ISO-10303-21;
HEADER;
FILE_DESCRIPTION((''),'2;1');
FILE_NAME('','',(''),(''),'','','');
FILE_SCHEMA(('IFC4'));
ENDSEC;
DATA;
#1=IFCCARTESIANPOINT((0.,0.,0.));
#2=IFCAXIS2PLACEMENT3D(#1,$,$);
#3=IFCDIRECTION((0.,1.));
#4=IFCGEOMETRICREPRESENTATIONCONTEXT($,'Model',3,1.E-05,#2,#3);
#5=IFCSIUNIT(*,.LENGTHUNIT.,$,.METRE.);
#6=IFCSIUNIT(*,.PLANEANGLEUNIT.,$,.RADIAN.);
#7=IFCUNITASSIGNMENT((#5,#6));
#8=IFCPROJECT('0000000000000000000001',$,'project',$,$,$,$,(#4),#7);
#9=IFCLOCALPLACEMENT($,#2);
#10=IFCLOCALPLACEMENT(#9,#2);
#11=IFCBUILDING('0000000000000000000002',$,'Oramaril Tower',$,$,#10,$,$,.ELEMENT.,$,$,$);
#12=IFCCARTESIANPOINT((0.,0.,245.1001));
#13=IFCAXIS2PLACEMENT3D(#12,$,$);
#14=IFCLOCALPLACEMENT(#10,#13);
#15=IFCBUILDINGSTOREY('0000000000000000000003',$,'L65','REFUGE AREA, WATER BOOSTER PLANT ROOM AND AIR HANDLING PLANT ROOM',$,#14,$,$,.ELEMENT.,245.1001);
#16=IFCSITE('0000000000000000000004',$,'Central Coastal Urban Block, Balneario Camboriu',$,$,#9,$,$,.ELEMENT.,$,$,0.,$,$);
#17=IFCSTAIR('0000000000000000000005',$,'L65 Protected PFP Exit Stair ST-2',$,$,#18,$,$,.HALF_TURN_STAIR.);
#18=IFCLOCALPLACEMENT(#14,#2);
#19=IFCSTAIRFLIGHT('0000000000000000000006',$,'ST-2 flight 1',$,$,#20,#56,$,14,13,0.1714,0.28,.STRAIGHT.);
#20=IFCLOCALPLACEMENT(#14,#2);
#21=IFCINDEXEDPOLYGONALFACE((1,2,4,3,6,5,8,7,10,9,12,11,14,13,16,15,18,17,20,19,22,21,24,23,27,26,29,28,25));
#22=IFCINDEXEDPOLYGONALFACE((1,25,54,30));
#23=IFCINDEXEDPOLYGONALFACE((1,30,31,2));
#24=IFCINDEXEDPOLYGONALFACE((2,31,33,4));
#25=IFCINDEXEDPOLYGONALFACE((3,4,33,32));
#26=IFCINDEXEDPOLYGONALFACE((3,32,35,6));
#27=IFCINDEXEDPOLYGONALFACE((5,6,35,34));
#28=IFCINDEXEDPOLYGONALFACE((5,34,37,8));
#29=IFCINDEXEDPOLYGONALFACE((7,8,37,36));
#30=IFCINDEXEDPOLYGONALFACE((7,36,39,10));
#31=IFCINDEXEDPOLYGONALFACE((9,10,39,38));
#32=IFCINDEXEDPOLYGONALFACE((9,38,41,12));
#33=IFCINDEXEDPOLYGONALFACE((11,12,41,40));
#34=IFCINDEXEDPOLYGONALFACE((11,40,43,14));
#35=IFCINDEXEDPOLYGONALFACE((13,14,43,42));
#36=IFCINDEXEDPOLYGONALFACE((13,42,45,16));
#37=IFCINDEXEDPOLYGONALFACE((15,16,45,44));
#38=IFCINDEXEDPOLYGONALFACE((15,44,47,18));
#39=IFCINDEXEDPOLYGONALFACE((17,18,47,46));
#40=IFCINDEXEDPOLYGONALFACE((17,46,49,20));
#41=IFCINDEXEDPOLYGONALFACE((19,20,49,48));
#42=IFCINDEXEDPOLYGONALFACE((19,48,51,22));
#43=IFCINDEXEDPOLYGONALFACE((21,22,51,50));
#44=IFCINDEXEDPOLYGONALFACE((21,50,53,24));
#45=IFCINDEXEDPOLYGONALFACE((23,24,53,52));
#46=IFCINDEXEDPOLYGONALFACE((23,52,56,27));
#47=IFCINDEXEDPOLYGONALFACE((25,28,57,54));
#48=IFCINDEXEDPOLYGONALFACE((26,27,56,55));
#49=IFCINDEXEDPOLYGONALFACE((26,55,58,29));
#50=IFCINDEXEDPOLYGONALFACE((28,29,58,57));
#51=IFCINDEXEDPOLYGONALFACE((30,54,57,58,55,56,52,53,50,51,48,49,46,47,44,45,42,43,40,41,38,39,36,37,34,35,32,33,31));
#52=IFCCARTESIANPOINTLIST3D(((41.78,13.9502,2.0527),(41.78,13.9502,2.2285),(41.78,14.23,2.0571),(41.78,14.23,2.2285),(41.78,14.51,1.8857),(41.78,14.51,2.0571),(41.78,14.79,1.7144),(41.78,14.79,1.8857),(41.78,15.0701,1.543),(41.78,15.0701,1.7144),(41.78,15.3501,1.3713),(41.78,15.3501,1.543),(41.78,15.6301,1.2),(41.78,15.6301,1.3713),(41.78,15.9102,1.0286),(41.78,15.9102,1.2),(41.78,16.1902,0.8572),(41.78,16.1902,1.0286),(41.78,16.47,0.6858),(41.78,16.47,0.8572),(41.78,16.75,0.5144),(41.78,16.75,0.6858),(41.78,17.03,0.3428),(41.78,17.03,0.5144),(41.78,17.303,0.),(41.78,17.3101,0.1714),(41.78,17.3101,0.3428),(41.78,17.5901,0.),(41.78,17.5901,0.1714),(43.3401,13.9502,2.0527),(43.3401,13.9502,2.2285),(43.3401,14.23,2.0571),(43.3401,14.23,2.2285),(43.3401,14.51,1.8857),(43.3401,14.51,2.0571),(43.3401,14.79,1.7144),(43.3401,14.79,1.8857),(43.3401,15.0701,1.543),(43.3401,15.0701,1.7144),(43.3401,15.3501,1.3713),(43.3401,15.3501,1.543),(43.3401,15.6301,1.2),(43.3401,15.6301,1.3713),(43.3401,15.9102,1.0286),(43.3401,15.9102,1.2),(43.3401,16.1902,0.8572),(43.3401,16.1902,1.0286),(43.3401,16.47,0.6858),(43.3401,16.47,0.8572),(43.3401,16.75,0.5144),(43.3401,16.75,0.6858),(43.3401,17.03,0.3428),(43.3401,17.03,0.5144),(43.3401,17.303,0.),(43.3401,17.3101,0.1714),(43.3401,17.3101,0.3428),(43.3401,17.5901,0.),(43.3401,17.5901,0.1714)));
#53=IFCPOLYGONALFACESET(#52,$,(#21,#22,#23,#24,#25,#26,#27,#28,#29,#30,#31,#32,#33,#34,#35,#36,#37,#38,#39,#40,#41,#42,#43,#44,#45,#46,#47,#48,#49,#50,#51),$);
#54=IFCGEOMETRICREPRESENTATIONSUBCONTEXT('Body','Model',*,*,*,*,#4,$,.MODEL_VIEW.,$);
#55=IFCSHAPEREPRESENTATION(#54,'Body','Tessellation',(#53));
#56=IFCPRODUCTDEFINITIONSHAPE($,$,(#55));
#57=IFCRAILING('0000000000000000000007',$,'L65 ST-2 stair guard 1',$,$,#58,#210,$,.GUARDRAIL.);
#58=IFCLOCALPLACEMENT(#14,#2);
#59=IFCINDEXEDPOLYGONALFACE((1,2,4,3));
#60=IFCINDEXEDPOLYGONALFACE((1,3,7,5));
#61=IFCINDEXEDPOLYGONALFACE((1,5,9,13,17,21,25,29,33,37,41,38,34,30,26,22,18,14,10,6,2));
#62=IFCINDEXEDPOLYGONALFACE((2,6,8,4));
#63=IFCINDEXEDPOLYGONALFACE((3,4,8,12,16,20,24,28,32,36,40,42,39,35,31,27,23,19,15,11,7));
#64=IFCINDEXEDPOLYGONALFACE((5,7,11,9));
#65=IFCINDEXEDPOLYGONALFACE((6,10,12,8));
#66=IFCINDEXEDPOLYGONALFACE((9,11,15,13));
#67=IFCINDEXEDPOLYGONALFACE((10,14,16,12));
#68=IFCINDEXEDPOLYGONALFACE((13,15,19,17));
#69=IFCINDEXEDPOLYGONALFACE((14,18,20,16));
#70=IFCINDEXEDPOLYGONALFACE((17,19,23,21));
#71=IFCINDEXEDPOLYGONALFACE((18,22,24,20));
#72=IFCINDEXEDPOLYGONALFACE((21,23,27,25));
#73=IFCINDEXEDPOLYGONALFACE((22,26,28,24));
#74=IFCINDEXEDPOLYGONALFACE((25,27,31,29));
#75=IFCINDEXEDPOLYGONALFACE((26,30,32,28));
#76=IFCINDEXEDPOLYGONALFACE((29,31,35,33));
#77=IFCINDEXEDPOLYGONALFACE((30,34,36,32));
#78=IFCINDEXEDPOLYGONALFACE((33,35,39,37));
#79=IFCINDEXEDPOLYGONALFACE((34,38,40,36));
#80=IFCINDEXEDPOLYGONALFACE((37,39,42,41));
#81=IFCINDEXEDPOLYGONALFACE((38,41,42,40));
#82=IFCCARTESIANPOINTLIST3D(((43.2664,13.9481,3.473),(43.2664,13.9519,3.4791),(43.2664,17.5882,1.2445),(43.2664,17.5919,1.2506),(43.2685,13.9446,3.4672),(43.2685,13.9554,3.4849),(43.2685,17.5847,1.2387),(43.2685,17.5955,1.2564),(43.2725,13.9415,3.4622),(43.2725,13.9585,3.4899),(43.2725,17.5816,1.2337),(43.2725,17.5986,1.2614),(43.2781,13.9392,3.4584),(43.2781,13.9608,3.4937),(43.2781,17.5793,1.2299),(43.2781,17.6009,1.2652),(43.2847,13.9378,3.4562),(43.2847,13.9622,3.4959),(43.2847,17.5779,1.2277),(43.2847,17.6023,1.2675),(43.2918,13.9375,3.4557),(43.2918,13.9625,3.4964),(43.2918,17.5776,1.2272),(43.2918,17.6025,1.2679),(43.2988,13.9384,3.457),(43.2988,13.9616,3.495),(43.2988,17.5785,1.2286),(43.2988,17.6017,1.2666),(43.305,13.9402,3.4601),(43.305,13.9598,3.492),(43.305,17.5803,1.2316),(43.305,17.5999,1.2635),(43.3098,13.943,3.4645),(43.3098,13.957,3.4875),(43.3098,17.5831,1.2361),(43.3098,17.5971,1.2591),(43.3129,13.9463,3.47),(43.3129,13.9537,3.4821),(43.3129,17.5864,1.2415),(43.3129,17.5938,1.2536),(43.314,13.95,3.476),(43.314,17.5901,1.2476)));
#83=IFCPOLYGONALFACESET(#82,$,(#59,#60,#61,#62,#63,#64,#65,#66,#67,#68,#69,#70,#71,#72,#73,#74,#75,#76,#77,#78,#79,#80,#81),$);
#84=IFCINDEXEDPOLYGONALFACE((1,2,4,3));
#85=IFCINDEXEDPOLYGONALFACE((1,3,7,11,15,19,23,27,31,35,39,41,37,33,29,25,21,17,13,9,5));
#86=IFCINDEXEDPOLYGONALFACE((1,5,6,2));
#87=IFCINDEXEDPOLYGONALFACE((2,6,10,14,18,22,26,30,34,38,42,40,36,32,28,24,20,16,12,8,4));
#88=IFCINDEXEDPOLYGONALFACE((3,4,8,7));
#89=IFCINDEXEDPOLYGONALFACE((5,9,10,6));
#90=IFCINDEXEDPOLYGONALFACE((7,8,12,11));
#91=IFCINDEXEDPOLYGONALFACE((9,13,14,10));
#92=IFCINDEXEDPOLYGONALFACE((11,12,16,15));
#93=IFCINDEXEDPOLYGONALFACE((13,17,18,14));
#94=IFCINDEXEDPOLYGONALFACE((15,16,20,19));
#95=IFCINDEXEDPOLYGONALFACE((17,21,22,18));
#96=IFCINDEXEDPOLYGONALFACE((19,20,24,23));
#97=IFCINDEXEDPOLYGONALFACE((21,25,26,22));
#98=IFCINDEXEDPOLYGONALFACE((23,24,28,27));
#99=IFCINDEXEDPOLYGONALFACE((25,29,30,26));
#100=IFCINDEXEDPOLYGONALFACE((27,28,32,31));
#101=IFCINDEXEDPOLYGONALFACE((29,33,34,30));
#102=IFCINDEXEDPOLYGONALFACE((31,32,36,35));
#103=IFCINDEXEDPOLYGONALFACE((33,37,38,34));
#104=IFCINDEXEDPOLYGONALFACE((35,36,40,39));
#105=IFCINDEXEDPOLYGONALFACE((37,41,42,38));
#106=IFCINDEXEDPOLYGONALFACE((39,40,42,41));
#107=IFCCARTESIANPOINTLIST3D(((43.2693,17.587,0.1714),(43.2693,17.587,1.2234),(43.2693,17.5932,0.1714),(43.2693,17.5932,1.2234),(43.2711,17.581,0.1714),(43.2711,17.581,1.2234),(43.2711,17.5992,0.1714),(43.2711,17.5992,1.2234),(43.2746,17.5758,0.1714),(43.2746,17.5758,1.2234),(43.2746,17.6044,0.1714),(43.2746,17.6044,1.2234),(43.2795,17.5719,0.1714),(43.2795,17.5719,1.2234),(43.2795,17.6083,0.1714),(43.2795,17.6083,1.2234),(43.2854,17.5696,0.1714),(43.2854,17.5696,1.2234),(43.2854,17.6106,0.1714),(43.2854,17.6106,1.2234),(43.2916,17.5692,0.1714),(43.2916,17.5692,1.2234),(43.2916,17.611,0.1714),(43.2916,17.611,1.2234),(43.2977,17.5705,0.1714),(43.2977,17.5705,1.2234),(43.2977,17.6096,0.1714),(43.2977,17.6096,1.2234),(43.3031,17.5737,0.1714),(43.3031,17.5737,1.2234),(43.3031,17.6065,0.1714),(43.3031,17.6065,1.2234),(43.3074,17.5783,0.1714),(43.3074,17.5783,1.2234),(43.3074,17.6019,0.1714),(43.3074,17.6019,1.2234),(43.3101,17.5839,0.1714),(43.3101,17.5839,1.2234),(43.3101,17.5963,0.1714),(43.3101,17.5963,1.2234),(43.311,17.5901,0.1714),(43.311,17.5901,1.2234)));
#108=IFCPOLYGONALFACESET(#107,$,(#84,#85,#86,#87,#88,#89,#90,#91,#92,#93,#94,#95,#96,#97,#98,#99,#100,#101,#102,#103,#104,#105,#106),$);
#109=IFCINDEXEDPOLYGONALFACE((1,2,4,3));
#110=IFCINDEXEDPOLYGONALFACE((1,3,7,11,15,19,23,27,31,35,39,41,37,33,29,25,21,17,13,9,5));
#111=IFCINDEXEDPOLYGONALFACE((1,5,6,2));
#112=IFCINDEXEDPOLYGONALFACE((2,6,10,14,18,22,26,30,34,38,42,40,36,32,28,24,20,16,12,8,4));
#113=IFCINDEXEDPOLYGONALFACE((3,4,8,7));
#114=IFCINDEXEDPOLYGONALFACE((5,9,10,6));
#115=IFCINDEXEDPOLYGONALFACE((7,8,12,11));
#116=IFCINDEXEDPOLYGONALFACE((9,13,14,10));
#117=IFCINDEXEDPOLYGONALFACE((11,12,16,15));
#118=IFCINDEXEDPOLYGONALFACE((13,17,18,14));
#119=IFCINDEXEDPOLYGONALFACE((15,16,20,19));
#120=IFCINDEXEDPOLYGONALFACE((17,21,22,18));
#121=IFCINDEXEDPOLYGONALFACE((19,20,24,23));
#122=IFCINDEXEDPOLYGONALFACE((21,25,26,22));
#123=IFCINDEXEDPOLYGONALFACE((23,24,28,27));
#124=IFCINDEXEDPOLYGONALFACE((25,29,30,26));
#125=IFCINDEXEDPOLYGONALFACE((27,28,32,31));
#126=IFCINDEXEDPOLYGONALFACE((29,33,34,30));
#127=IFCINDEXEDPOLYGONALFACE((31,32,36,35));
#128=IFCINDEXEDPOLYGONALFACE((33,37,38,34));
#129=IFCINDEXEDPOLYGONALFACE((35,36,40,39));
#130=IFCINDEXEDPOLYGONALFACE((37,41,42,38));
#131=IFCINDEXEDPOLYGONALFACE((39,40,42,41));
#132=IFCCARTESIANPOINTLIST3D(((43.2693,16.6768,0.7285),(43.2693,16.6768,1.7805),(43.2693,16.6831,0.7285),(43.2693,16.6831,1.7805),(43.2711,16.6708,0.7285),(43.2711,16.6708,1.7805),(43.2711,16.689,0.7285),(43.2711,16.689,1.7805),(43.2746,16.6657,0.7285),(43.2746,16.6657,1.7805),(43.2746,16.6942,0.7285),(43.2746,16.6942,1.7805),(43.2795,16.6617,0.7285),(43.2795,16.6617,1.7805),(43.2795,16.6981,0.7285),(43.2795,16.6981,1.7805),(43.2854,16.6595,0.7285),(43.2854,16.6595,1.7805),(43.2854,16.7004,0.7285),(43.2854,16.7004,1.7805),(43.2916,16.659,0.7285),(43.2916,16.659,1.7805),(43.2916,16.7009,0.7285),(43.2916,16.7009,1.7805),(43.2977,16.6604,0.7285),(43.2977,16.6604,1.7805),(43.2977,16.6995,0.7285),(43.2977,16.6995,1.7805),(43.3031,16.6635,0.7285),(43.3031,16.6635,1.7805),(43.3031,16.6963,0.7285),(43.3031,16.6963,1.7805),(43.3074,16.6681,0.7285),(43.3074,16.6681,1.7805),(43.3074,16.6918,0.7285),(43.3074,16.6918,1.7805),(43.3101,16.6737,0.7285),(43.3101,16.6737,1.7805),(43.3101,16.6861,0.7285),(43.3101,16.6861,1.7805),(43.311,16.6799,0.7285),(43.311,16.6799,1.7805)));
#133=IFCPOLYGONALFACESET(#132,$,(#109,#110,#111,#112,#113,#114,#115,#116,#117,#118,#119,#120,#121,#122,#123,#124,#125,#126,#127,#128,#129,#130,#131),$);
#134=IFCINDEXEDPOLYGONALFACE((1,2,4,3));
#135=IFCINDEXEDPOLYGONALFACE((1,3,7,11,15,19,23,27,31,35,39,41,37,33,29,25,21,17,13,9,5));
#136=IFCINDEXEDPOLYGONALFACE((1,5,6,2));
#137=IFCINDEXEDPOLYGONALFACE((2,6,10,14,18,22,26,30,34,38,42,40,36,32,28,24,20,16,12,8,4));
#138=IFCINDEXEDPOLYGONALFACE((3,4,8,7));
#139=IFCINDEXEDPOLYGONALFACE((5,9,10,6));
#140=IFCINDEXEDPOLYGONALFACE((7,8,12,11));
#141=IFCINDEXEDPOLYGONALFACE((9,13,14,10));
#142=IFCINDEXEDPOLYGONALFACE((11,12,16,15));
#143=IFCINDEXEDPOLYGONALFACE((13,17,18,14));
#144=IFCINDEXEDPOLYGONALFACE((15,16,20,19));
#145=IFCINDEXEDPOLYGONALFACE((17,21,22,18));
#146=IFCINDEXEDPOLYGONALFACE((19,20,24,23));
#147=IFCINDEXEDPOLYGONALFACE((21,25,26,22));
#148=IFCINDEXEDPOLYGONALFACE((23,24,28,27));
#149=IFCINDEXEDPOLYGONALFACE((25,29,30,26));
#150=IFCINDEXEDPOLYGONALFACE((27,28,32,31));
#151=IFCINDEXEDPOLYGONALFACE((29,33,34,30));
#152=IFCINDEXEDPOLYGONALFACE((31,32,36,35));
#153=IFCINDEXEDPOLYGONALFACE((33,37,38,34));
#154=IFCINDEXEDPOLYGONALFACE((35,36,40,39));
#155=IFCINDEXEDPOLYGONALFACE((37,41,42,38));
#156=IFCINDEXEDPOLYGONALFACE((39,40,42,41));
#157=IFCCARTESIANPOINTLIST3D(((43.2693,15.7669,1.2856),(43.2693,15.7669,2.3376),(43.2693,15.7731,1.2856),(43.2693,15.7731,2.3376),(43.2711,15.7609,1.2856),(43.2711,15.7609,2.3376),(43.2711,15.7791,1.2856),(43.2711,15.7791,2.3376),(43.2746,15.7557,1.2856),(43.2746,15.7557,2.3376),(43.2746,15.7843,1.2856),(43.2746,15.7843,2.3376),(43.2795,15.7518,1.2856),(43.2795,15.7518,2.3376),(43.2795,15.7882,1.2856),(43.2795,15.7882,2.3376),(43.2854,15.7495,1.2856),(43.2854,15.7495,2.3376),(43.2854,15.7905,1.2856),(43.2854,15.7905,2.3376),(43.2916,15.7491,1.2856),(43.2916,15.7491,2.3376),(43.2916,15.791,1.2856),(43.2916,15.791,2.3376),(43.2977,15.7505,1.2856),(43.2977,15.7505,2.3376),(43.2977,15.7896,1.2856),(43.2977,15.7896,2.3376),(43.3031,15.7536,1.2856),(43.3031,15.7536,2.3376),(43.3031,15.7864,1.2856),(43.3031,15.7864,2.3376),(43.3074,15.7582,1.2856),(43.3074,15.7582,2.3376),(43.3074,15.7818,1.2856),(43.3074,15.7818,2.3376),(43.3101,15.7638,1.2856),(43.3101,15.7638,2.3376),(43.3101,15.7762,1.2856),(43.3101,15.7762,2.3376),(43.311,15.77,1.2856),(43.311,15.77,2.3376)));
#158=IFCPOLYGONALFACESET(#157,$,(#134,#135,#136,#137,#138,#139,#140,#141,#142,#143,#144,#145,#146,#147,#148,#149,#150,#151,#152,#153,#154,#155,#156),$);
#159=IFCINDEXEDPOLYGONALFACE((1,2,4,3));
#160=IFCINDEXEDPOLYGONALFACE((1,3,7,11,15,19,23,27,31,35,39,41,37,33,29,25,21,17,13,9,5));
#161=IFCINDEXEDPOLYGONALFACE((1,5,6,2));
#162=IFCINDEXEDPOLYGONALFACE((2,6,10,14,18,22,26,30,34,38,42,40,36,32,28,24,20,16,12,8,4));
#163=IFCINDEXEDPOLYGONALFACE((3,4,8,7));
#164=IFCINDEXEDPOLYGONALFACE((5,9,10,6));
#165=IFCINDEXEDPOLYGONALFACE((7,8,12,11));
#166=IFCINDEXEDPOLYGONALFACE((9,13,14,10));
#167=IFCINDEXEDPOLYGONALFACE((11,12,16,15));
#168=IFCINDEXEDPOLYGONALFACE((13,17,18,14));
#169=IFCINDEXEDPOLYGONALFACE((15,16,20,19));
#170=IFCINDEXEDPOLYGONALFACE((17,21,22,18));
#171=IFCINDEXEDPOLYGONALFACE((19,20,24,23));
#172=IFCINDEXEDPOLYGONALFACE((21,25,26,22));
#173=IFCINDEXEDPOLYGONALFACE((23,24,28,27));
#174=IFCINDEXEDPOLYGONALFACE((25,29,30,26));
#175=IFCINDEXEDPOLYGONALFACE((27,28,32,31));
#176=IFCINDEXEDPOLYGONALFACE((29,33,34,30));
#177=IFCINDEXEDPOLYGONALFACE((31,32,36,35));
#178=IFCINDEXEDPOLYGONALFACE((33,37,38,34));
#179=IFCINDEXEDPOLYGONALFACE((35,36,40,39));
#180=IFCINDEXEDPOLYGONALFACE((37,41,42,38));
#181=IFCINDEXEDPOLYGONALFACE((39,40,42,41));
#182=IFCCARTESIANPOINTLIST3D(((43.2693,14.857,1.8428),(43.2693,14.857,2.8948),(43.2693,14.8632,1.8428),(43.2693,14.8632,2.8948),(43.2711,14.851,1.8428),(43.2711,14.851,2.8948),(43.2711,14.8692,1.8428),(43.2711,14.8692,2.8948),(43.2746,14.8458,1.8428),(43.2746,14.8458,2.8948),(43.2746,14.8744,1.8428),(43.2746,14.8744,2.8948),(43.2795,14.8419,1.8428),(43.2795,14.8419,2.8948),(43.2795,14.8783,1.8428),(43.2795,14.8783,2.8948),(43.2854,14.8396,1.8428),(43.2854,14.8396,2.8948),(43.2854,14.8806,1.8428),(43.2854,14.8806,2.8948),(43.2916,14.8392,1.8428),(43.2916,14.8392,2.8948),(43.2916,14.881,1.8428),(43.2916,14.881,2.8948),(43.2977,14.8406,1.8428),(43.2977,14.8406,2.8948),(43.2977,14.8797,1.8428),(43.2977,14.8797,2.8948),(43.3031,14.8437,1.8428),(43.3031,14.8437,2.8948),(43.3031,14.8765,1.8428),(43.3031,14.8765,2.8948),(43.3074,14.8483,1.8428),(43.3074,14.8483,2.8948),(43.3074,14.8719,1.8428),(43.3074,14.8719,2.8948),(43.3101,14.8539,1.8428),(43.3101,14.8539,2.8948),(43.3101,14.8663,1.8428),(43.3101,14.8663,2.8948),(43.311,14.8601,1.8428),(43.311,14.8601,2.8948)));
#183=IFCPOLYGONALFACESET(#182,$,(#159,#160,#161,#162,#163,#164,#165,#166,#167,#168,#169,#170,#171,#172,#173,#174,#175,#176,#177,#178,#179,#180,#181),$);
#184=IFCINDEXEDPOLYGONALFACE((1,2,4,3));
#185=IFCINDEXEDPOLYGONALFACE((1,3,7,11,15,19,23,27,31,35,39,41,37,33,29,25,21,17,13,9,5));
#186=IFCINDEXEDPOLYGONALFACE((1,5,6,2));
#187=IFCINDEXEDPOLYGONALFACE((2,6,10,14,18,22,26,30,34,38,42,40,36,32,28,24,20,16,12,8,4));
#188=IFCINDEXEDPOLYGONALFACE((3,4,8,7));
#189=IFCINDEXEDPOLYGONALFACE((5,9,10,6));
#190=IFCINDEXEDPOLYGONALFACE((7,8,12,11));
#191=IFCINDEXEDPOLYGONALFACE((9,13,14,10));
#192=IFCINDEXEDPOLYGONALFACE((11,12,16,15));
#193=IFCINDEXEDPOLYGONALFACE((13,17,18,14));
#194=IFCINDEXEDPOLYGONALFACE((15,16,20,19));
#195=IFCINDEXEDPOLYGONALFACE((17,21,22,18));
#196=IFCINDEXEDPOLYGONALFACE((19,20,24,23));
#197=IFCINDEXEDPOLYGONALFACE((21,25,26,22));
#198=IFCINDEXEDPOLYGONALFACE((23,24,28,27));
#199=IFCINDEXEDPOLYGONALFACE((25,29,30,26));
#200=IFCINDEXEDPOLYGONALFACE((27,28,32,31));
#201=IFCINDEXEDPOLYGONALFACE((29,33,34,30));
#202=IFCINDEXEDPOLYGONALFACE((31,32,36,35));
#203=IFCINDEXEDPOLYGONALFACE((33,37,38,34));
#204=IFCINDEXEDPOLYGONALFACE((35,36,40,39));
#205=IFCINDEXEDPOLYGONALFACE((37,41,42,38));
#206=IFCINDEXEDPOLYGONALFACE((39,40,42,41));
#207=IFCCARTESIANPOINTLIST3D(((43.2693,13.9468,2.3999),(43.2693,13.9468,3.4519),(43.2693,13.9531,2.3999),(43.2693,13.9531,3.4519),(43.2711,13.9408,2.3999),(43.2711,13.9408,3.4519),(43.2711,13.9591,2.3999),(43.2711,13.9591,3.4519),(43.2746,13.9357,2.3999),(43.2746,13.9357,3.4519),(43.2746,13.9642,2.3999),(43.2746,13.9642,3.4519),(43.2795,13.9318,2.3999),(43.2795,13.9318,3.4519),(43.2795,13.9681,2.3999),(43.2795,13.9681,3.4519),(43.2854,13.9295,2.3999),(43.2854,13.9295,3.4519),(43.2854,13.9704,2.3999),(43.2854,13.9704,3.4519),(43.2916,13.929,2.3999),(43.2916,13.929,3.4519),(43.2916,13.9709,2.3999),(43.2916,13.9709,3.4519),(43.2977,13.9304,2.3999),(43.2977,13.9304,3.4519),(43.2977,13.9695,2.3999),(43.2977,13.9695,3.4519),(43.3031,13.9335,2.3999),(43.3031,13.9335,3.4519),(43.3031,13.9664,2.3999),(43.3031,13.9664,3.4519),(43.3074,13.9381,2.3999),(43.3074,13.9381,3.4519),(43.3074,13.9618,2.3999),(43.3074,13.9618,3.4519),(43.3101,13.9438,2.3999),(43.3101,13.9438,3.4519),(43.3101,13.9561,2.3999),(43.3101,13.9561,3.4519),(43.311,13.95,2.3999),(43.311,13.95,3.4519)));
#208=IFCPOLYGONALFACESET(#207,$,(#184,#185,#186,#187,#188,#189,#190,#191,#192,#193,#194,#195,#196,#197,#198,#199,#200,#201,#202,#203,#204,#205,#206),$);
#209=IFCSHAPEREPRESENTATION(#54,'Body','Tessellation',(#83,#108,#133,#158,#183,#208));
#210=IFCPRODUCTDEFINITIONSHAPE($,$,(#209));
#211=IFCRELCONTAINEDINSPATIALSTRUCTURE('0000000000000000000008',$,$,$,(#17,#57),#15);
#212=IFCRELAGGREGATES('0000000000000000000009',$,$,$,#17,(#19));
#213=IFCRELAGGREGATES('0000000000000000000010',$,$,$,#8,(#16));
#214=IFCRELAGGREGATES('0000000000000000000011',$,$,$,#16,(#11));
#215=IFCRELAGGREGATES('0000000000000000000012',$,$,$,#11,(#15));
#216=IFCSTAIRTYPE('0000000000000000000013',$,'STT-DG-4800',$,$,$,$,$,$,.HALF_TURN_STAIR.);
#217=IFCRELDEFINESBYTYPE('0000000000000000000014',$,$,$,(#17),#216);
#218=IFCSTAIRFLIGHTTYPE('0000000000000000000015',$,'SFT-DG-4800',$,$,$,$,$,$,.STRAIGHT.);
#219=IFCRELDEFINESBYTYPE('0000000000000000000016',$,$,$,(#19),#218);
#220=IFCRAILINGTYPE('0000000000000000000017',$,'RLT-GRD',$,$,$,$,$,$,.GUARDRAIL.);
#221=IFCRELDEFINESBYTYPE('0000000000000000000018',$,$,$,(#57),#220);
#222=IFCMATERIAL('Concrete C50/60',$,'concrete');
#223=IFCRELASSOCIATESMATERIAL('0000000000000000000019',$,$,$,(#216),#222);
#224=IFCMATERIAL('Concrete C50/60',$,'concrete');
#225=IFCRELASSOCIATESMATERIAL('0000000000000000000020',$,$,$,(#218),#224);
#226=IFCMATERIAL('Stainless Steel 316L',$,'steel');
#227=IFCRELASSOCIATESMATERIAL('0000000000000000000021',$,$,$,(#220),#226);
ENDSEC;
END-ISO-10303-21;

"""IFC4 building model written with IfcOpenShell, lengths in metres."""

from ifc_helpers import new_model, si_unit, direction, frame, origin, origin_2d, place, context, subcontext, project, spatial, polyline, circle, outline, extrude, material, type_object, element, aggregate, save


model = new_model("IFC4")

# Units and contexts
model_context = context("Model", 3, precision=1e-05, world=origin(), true_north=direction((0.0, 1.0)))
body_context = subcontext(model_context, "Body", "Model", "MODEL_VIEW")
ifc_project = project(units=[si_unit("LENGTHUNIT", "METRE"), si_unit("PLANEANGLEUNIT", "RADIAN")], contexts=[model_context])

# Site, building, storey
site_placement = place(None, origin())
site = spatial("IfcSite", under=ifc_project, at=site_placement, Name="Central Coastal Urban Block, Balneario Camboriu", CompositionType="ELEMENT", RefElevation=0.0)
building_placement = place(site_placement, origin())
building = spatial("IfcBuilding", under=site, at=building_placement, Name="Oramaril Tower", CompositionType="ELEMENT")
storey_placement = place(building_placement, frame((0.0, 0.0, 245.1001)))
storey = spatial("IfcBuildingStorey", under=building, at=storey_placement, Name="L65", Description="REFUGE AREA, WATER BOOSTER PLANT ROOM AND AIR HANDLING PLANT ROOM", CompositionType="ELEMENT", Elevation=245.1001)

# Stair, stair flight
ifc_material_1 = material(Name="Concrete C50/60", Category="concrete")
stair_type = type_object("IfcStairType", Name="STT-DG-4800", PredefinedType="HALF_TURN_STAIR", material=ifc_material_1)
stair_placement = place(storey_placement, origin())
stair = element("IfcStair", 1, at=stair_placement, inside=storey, type_object=stair_type, Name="L65 Protected PFP Exit Stair ST-2", PredefinedType="HALF_TURN_STAIR")
ifc_material_2 = material(Name="Concrete C50/60", Category="concrete")
stair_flight_type = type_object("IfcStairFlightType", Name="SFT-DG-4800", PredefinedType="STRAIGHT", material=ifc_material_2)
stair_flight_placement = place(storey_placement, frame((42.5601, 17.5901, 0.0), z_axis=(0.0, 0.0, 1.0), x_axis=(0.0, -1.0, 0.0)))
stair_flight = element("IfcStairFlight", 2, at=stair_flight_placement, type_object=stair_flight_type, Name="ST-2 flight 1", NumberOfRisers=14, NumberOfTreads=13, PredefinedType="STRAIGHT", RiserHeight=0.1714, TreadLength=0.28, context=body_context, shape_type="SweptSolid", body=[
    extrude(outline(polyline([(0.0, 0.0), (0.0, 0.1714), (0.28, 0.1714), (0.28, 0.3428), (0.5601, 0.3428), (0.5601, 0.5144), (0.8401, 0.5144), (0.8401, 0.6858), (1.1201, 0.6858), (1.1201, 0.8572), (1.3999, 0.8572), (1.3999, 1.0286), (1.6799, 1.0286), (1.6799, 1.2), (1.96, 1.2), (1.96, 1.3713), (2.24, 1.3713), (2.24, 1.543), (2.52, 1.543), (2.52, 1.7144), (2.8, 1.7144), (2.8, 1.8857), (3.0801, 1.8857), (3.0801, 2.0571), (3.3601, 2.0571), (3.3601, 2.2285), (3.6399, 2.2285), (3.6399, 2.3999), (3.6399, 2.0527), (0.2871, 0.0), (0.0, 0.0)])), frame((0.0, 0.78, 0.0), z_axis=(0.0, -1.0, 0.0), x_axis=(1.0, 0.0, 0.0)), (0.0, 0.0, 1.0), 1.5601),
])
aggregate(stair, [stair_flight])

# Railing
ifc_material_3 = material(Name="Stainless Steel 316L", Category="steel")
railing_type_1 = type_object("IfcRailingType", Name="RLT-GRD", PredefinedType="GUARDRAIL", material=ifc_material_3)
railing_1_placement = place(storey_placement, frame((43.29, 17.5901, 0.1714)))
element("IfcRailing", 3, at=railing_1_placement, inside=storey, type_object=railing_type_1, Name="L65 ST-2 stair guard 1", PredefinedType="GUARDRAIL", context=body_context, shape_type="SweptSolid", body=[
    extrude(circle(Radius=0.0239, at=origin_2d()), frame((0.0, 0.0, 1.0762), z_axis=(0.0, -0.852866, 0.52213), x_axis=(1.0, 0.0, 0.0)), (0.0, 0.0, 1.0), 4.2681),
    extrude(circle(Radius=0.021, at=origin_2d()), origin(), (0.0, 0.0, 1.0), 1.052),
    extrude(circle(Radius=0.021, at=origin_2d()), frame((0.0, -0.9102, 0.5571)), (0.0, 0.0, 1.0), 1.052),
    extrude(circle(Radius=0.021, at=origin_2d()), frame((0.0, -1.8201, 1.1143)), (0.0, 0.0, 1.0), 1.052),
    extrude(circle(Radius=0.021, at=origin_2d()), frame((0.0, -2.73, 1.6714)), (0.0, 0.0, 1.0), 1.052),
    extrude(circle(Radius=0.021, at=origin_2d()), frame((0.0, -3.6401, 2.2285)), (0.0, 0.0, 1.0), 1.052),
])

save(model, "model.ifc")
